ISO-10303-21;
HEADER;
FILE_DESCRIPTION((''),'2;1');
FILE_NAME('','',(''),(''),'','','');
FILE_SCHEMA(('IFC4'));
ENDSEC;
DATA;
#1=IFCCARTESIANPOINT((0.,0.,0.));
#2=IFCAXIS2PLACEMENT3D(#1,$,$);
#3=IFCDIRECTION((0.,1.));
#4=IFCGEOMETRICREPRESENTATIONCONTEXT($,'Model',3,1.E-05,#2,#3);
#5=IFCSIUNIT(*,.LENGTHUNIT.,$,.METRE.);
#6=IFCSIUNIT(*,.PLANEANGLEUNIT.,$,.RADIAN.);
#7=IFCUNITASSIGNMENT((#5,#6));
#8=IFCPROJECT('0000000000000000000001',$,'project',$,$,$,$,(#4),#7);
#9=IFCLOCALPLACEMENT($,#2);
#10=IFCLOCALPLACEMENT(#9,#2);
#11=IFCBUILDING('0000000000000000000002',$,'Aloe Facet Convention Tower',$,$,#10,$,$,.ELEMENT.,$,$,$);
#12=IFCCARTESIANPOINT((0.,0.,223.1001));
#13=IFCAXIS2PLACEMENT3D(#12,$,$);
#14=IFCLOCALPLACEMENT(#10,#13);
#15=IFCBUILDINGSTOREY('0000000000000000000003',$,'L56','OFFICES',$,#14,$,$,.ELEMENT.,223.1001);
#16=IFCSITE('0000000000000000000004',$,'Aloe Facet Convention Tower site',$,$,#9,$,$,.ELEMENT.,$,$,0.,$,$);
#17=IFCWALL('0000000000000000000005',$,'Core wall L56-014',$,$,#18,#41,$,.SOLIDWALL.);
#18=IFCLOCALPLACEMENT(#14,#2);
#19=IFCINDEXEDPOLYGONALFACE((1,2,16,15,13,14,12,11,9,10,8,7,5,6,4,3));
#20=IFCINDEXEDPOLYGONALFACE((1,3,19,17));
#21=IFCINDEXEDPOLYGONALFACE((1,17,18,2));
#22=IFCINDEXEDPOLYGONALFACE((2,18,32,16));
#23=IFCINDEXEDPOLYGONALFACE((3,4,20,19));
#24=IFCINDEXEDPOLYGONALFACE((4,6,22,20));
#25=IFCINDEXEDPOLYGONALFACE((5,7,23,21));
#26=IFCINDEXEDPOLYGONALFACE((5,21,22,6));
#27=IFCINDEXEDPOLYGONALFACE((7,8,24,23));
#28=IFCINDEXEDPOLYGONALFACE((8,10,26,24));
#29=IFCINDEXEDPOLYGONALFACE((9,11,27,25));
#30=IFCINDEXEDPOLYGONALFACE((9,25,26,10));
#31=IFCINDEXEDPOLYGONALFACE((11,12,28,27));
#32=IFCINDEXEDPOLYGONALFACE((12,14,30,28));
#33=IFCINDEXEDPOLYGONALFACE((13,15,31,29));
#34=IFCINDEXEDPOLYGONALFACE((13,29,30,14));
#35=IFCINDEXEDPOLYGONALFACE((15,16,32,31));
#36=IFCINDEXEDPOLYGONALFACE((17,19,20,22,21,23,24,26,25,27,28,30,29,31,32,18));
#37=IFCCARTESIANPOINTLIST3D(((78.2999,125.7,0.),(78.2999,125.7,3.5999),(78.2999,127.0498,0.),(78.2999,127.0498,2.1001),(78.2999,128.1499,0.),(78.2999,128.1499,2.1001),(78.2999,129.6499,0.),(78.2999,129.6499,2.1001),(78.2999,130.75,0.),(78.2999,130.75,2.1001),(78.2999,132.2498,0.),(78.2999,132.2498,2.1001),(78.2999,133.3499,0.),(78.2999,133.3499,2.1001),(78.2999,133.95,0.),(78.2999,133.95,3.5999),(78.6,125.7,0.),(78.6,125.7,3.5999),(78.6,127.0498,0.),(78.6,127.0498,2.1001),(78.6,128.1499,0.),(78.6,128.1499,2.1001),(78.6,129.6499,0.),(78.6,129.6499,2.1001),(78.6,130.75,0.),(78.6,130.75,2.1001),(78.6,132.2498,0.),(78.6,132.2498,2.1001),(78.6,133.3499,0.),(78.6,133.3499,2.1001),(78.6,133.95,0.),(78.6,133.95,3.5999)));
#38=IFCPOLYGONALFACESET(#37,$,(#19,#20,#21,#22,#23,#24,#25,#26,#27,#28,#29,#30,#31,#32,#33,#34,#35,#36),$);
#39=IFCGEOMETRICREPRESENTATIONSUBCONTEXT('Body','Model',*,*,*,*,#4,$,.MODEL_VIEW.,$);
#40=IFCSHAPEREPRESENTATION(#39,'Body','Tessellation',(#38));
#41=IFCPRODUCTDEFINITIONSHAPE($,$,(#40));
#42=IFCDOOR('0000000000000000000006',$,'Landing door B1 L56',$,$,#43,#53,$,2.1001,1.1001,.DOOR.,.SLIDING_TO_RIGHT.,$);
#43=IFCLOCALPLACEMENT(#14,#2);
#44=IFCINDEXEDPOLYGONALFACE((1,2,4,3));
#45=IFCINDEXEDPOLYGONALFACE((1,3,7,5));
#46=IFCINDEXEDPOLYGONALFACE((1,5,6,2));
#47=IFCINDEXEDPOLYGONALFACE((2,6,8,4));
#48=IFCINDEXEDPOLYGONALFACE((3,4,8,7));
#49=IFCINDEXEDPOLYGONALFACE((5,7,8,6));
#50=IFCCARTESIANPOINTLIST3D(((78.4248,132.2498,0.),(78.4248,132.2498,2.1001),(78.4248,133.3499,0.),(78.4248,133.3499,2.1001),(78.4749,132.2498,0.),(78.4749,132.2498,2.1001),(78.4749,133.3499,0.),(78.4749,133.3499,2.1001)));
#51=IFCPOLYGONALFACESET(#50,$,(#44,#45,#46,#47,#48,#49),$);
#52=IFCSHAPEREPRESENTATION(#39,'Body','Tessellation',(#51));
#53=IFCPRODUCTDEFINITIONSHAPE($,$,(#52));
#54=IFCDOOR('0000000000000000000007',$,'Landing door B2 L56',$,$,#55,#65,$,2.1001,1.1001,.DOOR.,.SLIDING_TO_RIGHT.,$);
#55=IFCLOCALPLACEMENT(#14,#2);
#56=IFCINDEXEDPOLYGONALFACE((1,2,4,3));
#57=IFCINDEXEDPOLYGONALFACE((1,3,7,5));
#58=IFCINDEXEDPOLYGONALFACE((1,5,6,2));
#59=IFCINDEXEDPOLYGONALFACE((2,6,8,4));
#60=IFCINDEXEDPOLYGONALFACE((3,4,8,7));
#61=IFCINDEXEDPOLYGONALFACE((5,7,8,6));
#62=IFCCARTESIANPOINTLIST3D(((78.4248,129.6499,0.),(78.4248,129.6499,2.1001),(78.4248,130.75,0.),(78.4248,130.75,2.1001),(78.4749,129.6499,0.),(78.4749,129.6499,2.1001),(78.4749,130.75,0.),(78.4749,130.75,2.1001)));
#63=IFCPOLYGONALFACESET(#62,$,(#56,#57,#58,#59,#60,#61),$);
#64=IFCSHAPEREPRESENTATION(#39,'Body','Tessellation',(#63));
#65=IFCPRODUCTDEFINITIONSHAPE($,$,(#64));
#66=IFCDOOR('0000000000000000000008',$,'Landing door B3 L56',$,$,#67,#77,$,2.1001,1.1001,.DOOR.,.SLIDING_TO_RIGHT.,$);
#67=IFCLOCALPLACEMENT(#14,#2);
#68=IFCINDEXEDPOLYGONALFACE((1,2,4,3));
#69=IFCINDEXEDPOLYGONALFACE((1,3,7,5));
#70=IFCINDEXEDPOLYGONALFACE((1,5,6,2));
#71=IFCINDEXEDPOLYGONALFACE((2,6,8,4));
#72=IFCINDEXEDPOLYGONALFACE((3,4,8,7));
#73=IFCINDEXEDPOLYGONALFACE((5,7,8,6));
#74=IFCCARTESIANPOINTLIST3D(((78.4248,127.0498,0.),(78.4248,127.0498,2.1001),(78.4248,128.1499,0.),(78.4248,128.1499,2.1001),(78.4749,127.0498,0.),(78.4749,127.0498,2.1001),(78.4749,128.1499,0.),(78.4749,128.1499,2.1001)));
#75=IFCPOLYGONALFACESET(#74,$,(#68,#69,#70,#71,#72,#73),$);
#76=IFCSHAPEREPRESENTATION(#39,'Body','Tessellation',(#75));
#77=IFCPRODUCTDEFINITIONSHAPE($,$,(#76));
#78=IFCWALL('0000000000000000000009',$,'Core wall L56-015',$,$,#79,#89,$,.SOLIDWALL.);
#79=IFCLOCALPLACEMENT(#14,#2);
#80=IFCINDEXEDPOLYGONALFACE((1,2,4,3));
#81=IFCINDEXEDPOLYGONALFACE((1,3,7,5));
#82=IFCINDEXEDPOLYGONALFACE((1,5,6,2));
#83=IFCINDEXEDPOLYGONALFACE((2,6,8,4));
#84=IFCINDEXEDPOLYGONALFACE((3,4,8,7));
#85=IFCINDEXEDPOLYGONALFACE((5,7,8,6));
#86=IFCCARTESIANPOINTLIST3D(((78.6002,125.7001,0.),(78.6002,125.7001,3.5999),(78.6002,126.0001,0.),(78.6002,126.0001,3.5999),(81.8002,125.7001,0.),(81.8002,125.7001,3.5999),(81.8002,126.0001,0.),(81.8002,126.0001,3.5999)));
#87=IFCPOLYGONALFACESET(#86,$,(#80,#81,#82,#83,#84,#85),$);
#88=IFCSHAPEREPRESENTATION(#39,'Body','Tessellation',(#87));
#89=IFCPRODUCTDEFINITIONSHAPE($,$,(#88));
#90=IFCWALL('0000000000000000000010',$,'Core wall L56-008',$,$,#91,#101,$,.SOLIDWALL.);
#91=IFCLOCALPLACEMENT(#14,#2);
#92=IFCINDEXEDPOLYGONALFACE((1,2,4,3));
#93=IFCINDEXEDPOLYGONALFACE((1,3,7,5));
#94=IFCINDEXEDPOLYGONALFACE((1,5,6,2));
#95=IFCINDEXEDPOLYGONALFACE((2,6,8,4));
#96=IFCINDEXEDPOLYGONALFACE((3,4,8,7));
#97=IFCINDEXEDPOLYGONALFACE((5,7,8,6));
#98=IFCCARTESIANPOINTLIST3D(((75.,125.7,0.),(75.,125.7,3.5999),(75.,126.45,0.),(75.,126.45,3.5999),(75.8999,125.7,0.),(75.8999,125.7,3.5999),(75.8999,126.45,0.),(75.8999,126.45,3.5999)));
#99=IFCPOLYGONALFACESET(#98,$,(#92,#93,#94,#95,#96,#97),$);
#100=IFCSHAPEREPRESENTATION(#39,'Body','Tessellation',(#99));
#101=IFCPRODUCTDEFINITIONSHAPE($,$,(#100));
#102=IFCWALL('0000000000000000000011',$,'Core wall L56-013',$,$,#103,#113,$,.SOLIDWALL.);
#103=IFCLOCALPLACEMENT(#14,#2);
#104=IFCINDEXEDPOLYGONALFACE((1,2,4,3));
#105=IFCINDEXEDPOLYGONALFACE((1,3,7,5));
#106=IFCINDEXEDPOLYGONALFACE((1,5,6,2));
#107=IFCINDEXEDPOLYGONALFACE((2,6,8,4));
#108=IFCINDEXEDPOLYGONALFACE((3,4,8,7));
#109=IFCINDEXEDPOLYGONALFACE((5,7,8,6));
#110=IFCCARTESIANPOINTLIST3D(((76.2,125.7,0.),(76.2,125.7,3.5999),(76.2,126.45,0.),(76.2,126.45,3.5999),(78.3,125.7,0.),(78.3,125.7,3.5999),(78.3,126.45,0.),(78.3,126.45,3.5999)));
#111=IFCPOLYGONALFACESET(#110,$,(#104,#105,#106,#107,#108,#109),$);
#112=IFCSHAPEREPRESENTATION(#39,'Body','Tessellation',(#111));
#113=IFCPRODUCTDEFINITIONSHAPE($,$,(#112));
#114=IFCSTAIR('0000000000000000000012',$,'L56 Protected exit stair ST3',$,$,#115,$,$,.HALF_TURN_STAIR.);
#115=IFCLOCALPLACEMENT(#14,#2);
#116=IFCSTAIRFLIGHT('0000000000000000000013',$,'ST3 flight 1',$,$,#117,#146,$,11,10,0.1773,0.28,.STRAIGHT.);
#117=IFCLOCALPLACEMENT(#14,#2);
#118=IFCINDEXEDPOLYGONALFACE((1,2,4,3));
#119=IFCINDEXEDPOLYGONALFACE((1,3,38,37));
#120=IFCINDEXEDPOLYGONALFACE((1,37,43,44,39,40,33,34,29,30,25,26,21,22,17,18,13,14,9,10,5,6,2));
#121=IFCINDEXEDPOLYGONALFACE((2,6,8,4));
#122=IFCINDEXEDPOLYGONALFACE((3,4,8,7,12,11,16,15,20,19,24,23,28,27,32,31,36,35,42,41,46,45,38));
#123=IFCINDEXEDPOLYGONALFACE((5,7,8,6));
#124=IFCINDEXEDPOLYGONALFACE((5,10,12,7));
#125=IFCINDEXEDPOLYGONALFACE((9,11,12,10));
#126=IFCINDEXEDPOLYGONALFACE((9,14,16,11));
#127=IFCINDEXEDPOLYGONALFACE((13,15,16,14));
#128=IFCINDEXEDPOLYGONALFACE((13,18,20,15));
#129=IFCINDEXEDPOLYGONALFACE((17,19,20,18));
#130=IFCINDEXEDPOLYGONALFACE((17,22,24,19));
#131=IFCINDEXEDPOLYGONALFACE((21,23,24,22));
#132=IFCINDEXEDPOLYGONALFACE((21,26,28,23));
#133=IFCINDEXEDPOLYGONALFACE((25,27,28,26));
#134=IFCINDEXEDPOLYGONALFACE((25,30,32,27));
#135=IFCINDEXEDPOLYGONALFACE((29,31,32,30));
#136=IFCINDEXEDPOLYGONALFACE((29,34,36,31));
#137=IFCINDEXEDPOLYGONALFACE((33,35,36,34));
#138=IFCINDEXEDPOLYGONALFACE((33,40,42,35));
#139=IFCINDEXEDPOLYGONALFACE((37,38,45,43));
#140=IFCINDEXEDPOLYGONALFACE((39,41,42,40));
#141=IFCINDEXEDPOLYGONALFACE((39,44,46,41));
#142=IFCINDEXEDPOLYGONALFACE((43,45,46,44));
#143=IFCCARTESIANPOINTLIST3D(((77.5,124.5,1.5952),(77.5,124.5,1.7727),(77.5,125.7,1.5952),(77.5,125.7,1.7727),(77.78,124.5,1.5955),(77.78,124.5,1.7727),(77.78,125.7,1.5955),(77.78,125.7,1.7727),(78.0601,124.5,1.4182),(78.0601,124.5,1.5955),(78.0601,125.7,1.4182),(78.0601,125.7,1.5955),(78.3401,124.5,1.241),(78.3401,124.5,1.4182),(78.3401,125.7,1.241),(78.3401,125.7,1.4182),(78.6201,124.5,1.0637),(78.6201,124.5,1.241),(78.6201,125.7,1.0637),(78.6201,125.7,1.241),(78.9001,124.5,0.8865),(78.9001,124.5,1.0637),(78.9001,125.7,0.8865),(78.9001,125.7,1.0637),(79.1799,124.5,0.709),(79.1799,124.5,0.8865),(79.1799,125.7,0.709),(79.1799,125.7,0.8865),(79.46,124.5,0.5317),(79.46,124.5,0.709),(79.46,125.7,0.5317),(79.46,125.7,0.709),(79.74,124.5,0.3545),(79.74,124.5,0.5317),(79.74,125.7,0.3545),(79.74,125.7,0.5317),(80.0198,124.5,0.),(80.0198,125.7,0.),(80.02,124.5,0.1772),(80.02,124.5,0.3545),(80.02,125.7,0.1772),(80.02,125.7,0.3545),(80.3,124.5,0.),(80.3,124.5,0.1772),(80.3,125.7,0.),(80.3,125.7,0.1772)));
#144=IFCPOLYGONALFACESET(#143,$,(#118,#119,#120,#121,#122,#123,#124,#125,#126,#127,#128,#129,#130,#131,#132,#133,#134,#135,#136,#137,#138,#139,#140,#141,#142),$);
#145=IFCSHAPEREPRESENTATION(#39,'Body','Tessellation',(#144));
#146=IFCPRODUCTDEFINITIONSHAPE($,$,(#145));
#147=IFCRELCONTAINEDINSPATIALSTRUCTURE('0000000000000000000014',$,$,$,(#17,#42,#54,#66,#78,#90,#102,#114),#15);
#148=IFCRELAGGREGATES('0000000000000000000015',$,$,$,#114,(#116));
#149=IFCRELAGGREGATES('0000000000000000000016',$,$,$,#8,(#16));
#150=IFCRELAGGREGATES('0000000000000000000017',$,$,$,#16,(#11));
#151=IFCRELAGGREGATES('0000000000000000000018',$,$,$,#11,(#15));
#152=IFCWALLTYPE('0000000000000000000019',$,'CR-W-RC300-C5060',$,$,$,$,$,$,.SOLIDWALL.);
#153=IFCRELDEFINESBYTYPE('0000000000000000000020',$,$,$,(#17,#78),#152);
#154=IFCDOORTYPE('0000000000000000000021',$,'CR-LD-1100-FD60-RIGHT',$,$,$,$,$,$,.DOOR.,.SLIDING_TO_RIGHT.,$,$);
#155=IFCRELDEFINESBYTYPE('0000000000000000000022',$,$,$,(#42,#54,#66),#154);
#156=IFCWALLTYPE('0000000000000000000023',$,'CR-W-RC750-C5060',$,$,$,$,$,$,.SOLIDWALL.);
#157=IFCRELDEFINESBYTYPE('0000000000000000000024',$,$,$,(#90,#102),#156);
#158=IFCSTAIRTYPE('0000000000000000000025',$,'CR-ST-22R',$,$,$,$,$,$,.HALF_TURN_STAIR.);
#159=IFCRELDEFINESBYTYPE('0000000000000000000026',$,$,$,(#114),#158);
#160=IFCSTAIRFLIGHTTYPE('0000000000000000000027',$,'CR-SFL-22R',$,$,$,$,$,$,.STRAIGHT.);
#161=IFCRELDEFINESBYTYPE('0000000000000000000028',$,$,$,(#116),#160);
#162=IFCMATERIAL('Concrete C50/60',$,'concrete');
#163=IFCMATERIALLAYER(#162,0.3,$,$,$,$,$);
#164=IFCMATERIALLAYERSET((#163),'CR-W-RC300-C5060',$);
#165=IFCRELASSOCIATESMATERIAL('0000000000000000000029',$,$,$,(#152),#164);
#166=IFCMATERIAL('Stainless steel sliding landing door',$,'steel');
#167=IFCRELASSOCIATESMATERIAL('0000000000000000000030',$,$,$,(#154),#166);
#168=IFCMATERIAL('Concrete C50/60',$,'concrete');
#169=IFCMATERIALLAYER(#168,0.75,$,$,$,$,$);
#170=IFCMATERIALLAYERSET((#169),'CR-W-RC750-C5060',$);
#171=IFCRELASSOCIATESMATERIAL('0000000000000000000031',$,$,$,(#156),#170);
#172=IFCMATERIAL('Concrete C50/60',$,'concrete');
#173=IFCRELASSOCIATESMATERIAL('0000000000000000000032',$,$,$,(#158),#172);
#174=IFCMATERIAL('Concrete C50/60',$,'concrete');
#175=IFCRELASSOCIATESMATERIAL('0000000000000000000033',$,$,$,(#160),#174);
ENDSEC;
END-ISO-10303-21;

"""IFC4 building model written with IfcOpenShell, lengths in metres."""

from ifc_helpers import new_model, si_unit, direction, frame, frame_2d, origin, place, context, subcontext, project, spatial, polyline, rectangle, outline, extrude, material, layer, layer_set, type_object, element, fill, aggregate, save


model = new_model("IFC4")

# Units and contexts
model_context = context("Model", 3, precision=1e-05, world=origin(), true_north=direction((0.0, 1.0)))
body_context = subcontext(model_context, "Body", "Model", "MODEL_VIEW")
ifc_project = project(units=[si_unit("LENGTHUNIT", "METRE"), si_unit("PLANEANGLEUNIT", "RADIAN")], contexts=[model_context])

# Site, building, storey
site_placement = place(None, origin())
site = spatial("IfcSite", under=ifc_project, at=site_placement, Name="Aloe Facet Convention Tower site", CompositionType="ELEMENT", RefElevation=0.0)
building_placement = place(site_placement, origin())
building = spatial("IfcBuilding", under=site, at=building_placement, Name="Aloe Facet Convention Tower", CompositionType="ELEMENT")
storey_placement = place(building_placement, frame((0.0, 0.0, 223.1001)))
storey = spatial("IfcBuildingStorey", under=building, at=storey_placement, Name="L56", Description="OFFICES", CompositionType="ELEMENT", Elevation=223.1001)

# Shared definitions
ifc_material_1 = material(Name="Concrete C50/60", Category="concrete")
ifc_layer_1 = layer(ifc_material_1, 0.3)
ifc_layer_set_1 = layer_set([ifc_layer_1], Name="CR-W-RC300-C5060")
wall_type_1 = type_object("IfcWallType", Name="CR-W-RC300-C5060", PredefinedType="SOLIDWALL", material=ifc_layer_set_1)

# Wall, openings, doors
wall_1_placement = place(storey_placement, frame((78.45, 133.95, 0.0), z_axis=(0.0, 0.0, 1.0), x_axis=(0.0, -1.0, 0.0)))
wall_1 = element("IfcWall", 1, at=wall_1_placement, inside=storey, type_object=wall_type_1, Name="Core wall L56-014", PredefinedType="SOLIDWALL", context=body_context, shape_type="SweptSolid", body=[
    extrude(rectangle(XDim=8.25, YDim=0.3, at=frame_2d((4.125, 0.0))), origin(), (0.0, 0.0, 1.0), 3.5999),
])
opening_1_placement = place(wall_1_placement, frame((0.6001, 0.0, 0.0)))
opening_1 = element("IfcOpeningElement", 2, at=opening_1_placement, cuts=wall_1, PredefinedType="OPENING", context=body_context, shape_type="SweptSolid", body=[
    extrude(rectangle(XDim=1.1001, YDim=2.1001, at=frame_2d((0.55, 1.05))), frame((0.0, 0.1602, 0.0), z_axis=(0.0, -1.0, 0.0), x_axis=(1.0, 0.0, 0.0)), (0.0, 0.0, 1.0), 0.3201),
])
opening_2_placement = place(wall_1_placement, frame((3.2, 0.0, 0.0)))
opening_2 = element("IfcOpeningElement", 3, at=opening_2_placement, cuts=wall_1, PredefinedType="OPENING", context=body_context, shape_type="SweptSolid", body=[
    extrude(rectangle(XDim=1.1001, YDim=2.1001, at=frame_2d((0.55, 1.05))), frame((0.0, 0.1602, 0.0), z_axis=(0.0, -1.0, 0.0), x_axis=(1.0, 0.0, 0.0)), (0.0, 0.0, 1.0), 0.3201),
])
opening_3_placement = place(wall_1_placement, frame((5.8, 0.0, 0.0)))
opening_3 = element("IfcOpeningElement", 4, at=opening_3_placement, cuts=wall_1, PredefinedType="OPENING", context=body_context, shape_type="SweptSolid", body=[
    extrude(rectangle(XDim=1.1001, YDim=2.1001, at=frame_2d((0.55, 1.05))), frame((0.0, 0.1602, 0.0), z_axis=(0.0, -1.0, 0.0), x_axis=(1.0, 0.0, 0.0)), (0.0, 0.0, 1.0), 0.3201),
])
ifc_material_2 = material(Name="Stainless steel sliding landing door", Category="steel")
door_type_1 = type_object("IfcDoorType", Name="CR-LD-1100-FD60-RIGHT", OperationType="SLIDING_TO_RIGHT", PredefinedType="DOOR", material=ifc_material_2)
door_1_placement = place(opening_1_placement, origin())
door_1 = element("IfcDoor", 5, at=door_1_placement, inside=storey, type_object=door_type_1, Name="Landing door B1 L56", OperationType="SLIDING_TO_RIGHT", OverallHeight=2.1001, OverallWidth=1.1001, PredefinedType="DOOR", context=body_context, shape_type="SweptSolid", body=[
    extrude(rectangle(XDim=1.1001, YDim=2.1001, at=frame_2d((0.55, 1.05))), frame((0.0, 0.0249, 0.0), z_axis=(0.0, -1.0, 0.0), x_axis=(1.0, 0.0, 0.0)), (0.0, 0.0, 1.0), 0.05),
])
fill(opening_1, door_1)
door_2_placement = place(opening_2_placement, origin())
door_2 = element("IfcDoor", 6, at=door_2_placement, inside=storey, type_object=door_type_1, Name="Landing door B2 L56", OperationType="SLIDING_TO_RIGHT", OverallHeight=2.1001, OverallWidth=1.1001, PredefinedType="DOOR", context=body_context, shape_type="SweptSolid", body=[
    extrude(rectangle(XDim=1.1001, YDim=2.1001, at=frame_2d((0.55, 1.05))), frame((0.0, 0.0249, 0.0), z_axis=(0.0, -1.0, 0.0), x_axis=(1.0, 0.0, 0.0)), (0.0, 0.0, 1.0), 0.05),
])
fill(opening_2, door_2)
door_3_placement = place(opening_3_placement, origin())
door_3 = element("IfcDoor", 7, at=door_3_placement, inside=storey, type_object=door_type_1, Name="Landing door B3 L56", OperationType="SLIDING_TO_RIGHT", OverallHeight=2.1001, OverallWidth=1.1001, PredefinedType="DOOR", context=body_context, shape_type="SweptSolid", body=[
    extrude(rectangle(XDim=1.1001, YDim=2.1001, at=frame_2d((0.55, 1.05))), frame((0.0, 0.0249, 0.0), z_axis=(0.0, -1.0, 0.0), x_axis=(1.0, 0.0, 0.0)), (0.0, 0.0, 1.0), 0.05),
])
fill(opening_3, door_3)

# Walls
wall_2_placement = place(storey_placement, frame((78.6001, 125.8501, 0.0), z_axis=(0.0, 0.0, 1.0), x_axis=(1.0, 0.0, 0.0)))
element("IfcWall", 8, at=wall_2_placement, inside=storey, type_object=wall_type_1, Name="Core wall L56-015", PredefinedType="SOLIDWALL", context=body_context, shape_type="SweptSolid", body=[
    extrude(rectangle(XDim=3.2, YDim=0.3, at=frame_2d((1.6001, 0.0))), origin(), (0.0, 0.0, 1.0), 3.5999),
])
ifc_material_3 = material(Name="Concrete C50/60", Category="concrete")
ifc_layer_2 = layer(ifc_material_3, 0.75)
ifc_layer_set_2 = layer_set([ifc_layer_2], Name="CR-W-RC750-C5060")
wall_type_2 = type_object("IfcWallType", Name="CR-W-RC750-C5060", PredefinedType="SOLIDWALL", material=ifc_layer_set_2)
wall_3_placement = place(storey_placement, frame((75.0, 126.075, 0.0), z_axis=(0.0, 0.0, 1.0), x_axis=(1.0, 0.0, 0.0)))
element("IfcWall", 9, at=wall_3_placement, inside=storey, type_object=wall_type_2, Name="Core wall L56-008", PredefinedType="SOLIDWALL", context=body_context, shape_type="SweptSolid", body=[
    extrude(rectangle(XDim=0.8999, YDim=0.75, at=frame_2d((0.45, 0.0))), origin(), (0.0, 0.0, 1.0), 3.5999),
])
wall_4_placement = place(storey_placement, frame((76.2, 126.075, 0.0), z_axis=(0.0, 0.0, 1.0), x_axis=(1.0, 0.0, 0.0)))
element("IfcWall", 10, at=wall_4_placement, inside=storey, type_object=wall_type_2, Name="Core wall L56-013", PredefinedType="SOLIDWALL", context=body_context, shape_type="SweptSolid", body=[
    extrude(rectangle(XDim=2.1001, YDim=0.75, at=frame_2d((1.05, 0.0))), origin(), (0.0, 0.0, 1.0), 3.5999),
])

# Stair, stair flight
ifc_material_4 = material(Name="Concrete C50/60", Category="concrete")
stair_type = type_object("IfcStairType", Name="CR-ST-22R", PredefinedType="HALF_TURN_STAIR", material=ifc_material_4)
stair_placement = place(storey_placement, origin())
stair = element("IfcStair", 11, at=stair_placement, inside=storey, type_object=stair_type, Name="L56 Protected exit stair ST3", PredefinedType="HALF_TURN_STAIR")
ifc_material_5 = material(Name="Concrete C50/60", Category="concrete")
stair_flight_type = type_object("IfcStairFlightType", Name="CR-SFL-22R", PredefinedType="STRAIGHT", material=ifc_material_5)
stair_flight_1_placement = place(storey_placement, frame((80.3, 125.1001, 0.0), z_axis=(0.0, 0.0, 1.0), x_axis=(-1.0, 0.0, 0.0)))
stair_flight_1 = element("IfcStairFlight", 12, at=stair_flight_1_placement, type_object=stair_flight_type, Name="ST3 flight 1", NumberOfRisers=11, NumberOfTreads=10, PredefinedType="STRAIGHT", RiserHeight=0.1773, TreadLength=0.28, context=body_context, shape_type="SweptSolid", body=[
    extrude(outline(polyline([(0.0, 0.0), (0.0, 0.1772), (0.28, 0.1772), (0.28, 0.3545), (0.5601, 0.3545), (0.5601, 0.5317), (0.8401, 0.5317), (0.8401, 0.709), (1.1201, 0.709), (1.1201, 0.8865), (1.3999, 0.8865), (1.3999, 1.0637), (1.6799, 1.0637), (1.6799, 1.241), (1.96, 1.241), (1.96, 1.4182), (2.24, 1.4182), (2.24, 1.5955), (2.52, 1.5955), (2.52, 1.7727), (2.8, 1.7727), (2.8, 1.95), (2.8, 1.5952), (0.2803, 0.0), (0.0, 0.0)])), frame((0.0, 0.6001, 0.0), z_axis=(0.0, -1.0, 0.0), x_axis=(1.0, 0.0, 0.0)), (0.0, 0.0, 1.0), 1.2),
])
aggregate(stair, [stair_flight_1])

save(model, "model.ifc")
